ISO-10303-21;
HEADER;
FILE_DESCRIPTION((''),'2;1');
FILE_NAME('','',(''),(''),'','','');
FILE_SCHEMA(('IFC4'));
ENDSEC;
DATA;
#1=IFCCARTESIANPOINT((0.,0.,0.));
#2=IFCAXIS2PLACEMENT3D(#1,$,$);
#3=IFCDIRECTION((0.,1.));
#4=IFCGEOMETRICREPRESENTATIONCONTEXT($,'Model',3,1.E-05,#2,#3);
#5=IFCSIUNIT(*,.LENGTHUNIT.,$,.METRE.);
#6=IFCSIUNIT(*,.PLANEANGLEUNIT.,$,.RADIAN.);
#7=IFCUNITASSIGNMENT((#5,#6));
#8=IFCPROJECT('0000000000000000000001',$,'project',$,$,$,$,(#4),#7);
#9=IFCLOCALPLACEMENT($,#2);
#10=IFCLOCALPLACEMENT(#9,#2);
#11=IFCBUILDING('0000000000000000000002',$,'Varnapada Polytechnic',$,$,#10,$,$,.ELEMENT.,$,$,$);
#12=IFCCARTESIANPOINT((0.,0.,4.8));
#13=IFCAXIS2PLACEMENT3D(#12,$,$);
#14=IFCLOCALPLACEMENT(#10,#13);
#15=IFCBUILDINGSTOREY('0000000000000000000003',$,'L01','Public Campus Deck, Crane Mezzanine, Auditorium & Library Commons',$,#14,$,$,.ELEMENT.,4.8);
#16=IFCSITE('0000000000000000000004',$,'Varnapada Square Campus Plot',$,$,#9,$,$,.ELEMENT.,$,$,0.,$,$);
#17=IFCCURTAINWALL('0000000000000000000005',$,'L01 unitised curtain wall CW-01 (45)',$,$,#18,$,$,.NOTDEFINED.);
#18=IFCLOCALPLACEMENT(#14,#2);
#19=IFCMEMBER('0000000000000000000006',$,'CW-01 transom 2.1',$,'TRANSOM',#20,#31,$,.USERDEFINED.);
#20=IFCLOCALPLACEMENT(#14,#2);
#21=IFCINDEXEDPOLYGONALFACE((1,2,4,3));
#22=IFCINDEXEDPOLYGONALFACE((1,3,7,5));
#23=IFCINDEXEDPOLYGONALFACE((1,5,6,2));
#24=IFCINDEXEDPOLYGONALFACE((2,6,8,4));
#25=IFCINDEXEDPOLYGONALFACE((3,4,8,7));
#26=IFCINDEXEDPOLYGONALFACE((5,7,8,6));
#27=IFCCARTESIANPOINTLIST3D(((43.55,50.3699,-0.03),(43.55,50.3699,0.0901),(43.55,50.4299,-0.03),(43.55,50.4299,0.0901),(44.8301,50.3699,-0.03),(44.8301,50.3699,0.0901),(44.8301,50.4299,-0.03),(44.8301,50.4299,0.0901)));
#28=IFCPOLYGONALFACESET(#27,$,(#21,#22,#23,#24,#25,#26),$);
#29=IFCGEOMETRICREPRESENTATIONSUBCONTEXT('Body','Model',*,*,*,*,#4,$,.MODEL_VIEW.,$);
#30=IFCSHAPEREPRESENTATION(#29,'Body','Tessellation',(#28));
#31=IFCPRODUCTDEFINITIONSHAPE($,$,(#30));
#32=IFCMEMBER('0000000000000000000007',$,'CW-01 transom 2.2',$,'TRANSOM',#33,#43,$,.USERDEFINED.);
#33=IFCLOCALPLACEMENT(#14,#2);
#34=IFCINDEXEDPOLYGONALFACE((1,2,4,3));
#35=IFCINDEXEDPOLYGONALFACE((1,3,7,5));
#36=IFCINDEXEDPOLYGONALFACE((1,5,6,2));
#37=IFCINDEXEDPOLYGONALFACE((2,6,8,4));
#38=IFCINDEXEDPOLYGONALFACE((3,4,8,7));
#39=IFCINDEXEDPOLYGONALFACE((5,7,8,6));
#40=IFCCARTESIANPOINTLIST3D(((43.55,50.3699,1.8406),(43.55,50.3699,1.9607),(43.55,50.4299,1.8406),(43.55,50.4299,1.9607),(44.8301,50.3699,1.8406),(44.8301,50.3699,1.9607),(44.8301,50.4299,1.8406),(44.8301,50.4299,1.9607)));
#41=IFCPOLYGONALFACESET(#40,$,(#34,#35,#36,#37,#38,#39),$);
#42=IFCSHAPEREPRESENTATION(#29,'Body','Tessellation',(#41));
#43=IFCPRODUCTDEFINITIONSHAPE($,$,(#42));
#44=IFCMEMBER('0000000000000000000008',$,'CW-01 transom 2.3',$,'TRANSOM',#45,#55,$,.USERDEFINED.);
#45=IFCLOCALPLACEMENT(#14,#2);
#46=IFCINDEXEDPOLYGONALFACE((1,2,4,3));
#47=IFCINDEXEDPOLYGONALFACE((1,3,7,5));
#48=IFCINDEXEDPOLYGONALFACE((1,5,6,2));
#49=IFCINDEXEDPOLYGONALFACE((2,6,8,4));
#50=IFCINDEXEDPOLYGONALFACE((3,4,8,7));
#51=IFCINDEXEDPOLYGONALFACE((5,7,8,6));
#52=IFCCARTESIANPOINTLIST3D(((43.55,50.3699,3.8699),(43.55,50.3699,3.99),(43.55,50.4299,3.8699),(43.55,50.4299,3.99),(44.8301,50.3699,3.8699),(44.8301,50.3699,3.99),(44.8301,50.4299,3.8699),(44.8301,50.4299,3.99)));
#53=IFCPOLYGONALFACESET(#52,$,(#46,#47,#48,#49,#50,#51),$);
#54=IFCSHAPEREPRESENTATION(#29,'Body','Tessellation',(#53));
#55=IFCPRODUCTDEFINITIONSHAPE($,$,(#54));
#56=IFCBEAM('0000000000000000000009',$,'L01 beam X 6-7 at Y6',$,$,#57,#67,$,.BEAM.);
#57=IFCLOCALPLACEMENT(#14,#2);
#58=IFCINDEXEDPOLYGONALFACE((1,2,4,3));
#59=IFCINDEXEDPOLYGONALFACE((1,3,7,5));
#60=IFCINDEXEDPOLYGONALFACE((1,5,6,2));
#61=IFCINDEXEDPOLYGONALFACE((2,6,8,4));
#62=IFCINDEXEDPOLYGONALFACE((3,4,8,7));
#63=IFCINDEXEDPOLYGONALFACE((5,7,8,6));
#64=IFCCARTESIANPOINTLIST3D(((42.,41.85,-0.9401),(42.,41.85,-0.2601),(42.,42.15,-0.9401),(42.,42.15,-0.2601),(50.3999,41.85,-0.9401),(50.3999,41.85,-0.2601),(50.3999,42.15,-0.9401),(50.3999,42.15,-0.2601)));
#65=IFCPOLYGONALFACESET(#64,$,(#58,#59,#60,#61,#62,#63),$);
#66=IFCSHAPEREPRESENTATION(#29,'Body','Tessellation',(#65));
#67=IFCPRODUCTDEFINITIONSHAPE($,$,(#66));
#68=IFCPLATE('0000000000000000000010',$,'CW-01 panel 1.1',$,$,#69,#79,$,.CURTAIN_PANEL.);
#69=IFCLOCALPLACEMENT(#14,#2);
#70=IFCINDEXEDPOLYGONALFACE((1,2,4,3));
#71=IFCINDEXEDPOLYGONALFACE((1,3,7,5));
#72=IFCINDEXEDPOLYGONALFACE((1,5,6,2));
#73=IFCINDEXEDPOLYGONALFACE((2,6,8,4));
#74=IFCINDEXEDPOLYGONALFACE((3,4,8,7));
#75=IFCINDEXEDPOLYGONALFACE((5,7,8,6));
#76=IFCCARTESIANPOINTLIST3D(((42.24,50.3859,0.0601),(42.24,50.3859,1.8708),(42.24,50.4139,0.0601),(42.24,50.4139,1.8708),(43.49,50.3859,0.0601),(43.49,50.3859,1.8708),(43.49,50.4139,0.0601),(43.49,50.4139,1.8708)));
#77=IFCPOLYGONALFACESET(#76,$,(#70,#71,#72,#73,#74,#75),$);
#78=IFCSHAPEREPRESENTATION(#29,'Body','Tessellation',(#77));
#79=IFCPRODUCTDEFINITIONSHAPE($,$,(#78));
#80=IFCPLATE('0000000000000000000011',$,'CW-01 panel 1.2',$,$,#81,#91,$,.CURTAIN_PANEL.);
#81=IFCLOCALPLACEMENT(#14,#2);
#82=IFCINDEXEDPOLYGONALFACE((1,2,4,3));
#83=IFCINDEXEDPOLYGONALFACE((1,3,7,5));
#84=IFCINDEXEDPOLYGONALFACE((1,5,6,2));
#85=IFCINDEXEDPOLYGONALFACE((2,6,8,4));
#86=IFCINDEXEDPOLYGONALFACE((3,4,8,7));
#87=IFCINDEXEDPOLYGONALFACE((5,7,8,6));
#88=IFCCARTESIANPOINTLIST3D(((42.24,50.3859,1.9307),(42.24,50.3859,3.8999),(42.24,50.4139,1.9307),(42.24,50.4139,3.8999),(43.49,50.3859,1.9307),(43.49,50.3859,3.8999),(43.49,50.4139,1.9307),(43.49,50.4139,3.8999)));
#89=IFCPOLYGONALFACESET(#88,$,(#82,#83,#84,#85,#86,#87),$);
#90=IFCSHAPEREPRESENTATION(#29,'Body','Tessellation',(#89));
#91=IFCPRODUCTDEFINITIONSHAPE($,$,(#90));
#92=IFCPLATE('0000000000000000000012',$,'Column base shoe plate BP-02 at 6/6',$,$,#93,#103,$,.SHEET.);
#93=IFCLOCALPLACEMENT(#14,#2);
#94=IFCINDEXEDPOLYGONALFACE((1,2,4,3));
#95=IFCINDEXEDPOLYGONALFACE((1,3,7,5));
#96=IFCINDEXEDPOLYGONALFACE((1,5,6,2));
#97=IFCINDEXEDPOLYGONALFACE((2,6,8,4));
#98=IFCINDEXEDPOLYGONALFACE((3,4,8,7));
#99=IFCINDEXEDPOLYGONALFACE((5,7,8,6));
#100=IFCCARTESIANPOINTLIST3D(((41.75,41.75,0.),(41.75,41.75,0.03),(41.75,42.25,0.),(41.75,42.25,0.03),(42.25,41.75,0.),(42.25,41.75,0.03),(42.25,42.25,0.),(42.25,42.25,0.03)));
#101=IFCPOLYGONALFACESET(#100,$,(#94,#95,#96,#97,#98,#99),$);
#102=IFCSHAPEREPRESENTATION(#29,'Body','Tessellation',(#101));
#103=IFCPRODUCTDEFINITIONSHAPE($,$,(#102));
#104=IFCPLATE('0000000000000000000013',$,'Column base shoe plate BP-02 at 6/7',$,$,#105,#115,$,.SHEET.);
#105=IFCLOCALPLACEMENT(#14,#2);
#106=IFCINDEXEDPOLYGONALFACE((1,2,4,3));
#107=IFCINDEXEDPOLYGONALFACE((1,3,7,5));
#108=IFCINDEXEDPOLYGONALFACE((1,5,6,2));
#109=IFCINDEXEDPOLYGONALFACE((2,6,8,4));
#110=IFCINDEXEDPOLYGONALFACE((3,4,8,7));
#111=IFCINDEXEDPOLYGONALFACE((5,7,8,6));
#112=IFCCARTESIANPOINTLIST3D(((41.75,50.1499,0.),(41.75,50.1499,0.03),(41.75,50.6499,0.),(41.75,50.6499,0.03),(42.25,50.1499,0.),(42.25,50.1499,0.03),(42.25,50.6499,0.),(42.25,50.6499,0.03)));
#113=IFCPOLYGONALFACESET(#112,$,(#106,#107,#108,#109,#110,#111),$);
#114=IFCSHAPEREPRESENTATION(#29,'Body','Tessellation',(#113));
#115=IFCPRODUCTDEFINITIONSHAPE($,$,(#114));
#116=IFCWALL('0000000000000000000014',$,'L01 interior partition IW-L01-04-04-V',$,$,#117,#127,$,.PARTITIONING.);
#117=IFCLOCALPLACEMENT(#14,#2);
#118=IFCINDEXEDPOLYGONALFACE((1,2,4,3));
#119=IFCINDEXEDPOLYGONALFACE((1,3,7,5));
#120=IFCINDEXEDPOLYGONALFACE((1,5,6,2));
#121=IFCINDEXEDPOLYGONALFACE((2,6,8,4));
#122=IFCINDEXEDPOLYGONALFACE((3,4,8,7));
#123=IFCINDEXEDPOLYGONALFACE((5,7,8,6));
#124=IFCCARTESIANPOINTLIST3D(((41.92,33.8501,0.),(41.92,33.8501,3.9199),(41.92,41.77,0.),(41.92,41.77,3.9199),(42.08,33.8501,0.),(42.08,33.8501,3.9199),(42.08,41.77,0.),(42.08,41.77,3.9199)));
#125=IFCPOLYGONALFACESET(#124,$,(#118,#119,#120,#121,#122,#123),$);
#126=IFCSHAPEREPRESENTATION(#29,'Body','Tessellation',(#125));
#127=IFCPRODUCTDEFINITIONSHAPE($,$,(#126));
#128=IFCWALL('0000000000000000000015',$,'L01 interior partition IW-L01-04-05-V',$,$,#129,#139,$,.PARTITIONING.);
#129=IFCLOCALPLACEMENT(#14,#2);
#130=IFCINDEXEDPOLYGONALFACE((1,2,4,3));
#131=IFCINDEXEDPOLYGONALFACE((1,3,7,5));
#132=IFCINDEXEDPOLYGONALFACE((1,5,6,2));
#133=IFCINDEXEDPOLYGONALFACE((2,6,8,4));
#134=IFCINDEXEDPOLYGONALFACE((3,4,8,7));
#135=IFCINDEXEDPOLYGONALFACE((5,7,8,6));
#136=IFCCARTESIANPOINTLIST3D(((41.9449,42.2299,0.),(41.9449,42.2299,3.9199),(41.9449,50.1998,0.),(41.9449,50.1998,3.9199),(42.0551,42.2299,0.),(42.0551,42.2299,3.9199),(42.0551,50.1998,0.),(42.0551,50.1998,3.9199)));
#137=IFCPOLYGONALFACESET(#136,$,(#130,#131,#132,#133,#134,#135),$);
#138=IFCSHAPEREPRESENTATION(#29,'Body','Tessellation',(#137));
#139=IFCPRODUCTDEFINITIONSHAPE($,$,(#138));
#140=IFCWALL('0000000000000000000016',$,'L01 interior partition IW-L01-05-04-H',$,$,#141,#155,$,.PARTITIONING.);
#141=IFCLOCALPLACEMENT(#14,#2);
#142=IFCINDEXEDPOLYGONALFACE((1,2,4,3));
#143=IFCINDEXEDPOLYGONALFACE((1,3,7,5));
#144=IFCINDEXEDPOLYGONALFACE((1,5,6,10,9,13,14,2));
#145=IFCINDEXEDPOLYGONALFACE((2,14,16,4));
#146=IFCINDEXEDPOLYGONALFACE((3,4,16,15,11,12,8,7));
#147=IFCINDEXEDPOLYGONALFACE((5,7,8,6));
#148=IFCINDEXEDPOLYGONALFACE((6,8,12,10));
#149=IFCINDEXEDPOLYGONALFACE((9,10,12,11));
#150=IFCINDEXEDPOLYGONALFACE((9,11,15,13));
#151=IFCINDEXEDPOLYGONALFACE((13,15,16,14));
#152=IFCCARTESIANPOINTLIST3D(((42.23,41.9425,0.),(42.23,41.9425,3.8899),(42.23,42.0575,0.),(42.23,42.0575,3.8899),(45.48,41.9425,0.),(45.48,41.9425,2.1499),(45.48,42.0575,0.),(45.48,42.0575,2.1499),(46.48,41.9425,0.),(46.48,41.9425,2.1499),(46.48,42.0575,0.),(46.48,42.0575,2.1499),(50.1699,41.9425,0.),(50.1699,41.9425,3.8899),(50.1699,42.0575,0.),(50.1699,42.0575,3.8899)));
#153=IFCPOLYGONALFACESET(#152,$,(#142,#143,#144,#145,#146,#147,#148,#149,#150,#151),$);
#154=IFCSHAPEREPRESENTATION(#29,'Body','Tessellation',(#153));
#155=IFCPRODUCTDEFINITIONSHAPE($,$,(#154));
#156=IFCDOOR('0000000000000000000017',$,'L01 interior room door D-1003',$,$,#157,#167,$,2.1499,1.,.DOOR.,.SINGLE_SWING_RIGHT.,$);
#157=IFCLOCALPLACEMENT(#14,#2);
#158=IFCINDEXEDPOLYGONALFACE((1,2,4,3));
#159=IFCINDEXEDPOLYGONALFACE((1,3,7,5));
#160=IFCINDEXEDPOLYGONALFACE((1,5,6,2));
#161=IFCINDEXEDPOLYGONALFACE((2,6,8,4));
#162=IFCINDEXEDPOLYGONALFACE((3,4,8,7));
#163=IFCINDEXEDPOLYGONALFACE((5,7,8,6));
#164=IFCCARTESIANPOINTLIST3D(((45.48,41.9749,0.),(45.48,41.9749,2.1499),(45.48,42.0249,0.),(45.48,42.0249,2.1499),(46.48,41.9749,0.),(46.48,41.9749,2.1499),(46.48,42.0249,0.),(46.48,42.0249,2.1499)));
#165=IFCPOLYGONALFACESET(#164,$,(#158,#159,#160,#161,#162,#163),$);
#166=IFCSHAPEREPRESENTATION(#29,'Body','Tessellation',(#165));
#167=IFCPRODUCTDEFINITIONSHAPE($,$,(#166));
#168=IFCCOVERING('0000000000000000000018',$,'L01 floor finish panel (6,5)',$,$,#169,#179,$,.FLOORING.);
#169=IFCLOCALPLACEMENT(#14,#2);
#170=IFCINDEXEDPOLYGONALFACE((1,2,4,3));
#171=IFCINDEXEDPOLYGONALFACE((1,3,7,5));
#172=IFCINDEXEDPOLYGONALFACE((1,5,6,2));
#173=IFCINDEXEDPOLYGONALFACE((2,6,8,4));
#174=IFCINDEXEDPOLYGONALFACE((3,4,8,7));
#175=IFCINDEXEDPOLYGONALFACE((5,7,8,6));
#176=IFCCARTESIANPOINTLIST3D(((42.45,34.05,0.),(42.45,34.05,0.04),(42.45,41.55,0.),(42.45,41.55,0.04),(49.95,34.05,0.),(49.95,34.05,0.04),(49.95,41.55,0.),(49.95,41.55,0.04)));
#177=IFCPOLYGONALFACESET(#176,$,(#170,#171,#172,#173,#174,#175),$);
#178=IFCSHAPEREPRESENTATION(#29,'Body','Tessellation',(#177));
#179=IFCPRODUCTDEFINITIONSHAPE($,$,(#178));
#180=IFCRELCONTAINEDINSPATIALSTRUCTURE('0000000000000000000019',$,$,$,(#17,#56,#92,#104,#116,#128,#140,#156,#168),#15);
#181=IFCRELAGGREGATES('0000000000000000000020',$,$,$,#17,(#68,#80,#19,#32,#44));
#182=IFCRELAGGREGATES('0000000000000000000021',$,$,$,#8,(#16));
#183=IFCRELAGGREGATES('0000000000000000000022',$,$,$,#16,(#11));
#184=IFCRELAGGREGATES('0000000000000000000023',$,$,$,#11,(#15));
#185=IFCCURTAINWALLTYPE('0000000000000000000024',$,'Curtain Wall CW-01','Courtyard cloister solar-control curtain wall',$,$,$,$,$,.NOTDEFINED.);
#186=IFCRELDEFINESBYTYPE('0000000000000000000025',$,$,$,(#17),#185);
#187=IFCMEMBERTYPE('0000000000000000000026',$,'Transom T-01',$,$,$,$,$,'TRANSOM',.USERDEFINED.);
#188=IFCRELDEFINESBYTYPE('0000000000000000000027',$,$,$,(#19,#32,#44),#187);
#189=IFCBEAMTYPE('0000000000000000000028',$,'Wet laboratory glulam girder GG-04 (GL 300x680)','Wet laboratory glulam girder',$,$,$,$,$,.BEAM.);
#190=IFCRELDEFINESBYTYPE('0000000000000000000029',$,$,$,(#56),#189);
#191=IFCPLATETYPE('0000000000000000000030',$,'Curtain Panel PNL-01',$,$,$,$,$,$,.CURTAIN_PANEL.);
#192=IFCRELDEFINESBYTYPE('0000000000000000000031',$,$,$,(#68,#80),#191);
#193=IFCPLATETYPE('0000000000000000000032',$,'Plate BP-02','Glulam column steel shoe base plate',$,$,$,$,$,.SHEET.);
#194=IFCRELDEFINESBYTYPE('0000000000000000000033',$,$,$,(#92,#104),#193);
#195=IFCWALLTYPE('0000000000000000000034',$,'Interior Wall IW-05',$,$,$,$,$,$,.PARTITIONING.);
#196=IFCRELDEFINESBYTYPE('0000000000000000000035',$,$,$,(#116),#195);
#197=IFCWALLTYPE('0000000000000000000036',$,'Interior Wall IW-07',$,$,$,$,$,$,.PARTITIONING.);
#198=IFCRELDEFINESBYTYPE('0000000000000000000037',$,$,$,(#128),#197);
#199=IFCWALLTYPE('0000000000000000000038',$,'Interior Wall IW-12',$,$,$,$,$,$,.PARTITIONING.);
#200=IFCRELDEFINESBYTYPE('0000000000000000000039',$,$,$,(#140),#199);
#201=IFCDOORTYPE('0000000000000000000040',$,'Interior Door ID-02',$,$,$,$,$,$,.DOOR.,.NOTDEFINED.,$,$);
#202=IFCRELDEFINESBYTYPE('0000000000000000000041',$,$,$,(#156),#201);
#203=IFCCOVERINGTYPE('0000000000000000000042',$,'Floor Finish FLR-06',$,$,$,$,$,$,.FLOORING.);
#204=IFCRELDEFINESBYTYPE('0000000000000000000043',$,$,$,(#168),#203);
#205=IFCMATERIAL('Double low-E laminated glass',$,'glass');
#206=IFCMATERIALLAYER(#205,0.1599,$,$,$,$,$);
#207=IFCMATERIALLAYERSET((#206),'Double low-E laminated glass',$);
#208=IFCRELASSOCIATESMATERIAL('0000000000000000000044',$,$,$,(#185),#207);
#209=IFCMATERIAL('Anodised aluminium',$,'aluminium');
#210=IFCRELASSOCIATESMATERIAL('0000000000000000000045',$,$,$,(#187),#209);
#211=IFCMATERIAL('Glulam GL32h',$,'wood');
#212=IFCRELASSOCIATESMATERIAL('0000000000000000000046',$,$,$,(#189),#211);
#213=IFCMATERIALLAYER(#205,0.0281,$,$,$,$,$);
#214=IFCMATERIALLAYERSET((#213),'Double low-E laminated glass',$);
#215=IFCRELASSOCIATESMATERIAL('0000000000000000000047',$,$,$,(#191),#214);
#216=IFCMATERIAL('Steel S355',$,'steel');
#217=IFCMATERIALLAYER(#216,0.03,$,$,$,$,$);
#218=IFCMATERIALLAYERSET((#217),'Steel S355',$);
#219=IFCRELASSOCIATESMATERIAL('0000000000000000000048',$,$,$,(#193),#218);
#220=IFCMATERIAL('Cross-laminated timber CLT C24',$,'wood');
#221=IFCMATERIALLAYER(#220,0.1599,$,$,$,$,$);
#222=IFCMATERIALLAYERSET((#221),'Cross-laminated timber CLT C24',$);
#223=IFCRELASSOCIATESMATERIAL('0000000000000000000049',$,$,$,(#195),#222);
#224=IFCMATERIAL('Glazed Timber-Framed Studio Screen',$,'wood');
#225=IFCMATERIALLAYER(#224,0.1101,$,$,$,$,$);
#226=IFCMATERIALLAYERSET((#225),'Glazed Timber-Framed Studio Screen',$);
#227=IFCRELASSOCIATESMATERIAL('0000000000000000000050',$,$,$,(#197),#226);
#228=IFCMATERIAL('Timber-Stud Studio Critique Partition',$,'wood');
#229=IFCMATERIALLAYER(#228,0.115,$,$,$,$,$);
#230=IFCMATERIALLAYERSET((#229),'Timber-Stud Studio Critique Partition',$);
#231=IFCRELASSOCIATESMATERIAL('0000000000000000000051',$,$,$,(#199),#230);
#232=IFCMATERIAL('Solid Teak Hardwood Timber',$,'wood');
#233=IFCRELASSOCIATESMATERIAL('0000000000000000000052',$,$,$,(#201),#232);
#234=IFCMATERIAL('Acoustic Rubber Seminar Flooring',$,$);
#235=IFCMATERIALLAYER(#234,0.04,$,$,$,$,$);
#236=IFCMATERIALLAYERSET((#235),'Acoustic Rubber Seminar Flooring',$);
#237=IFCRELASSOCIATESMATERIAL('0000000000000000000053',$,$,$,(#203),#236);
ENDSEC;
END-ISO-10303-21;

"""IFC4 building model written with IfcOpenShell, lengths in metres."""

from ifc_helpers import new_model, si_unit, direction, frame, frame_2d, origin, origin_2d, place, context, subcontext, project, spatial, rectangle, extrude, material, layer, layer_set, material_profile, profile_set, type_object, element, fill, aggregate, save


model = new_model("IFC4")

# Units and contexts
model_context = context("Model", 3, precision=1e-05, world=origin(), true_north=direction((0.0, 1.0)))
body_context = subcontext(model_context, "Body", "Model", "MODEL_VIEW")
ifc_project = project(units=[si_unit("LENGTHUNIT", "METRE"), si_unit("PLANEANGLEUNIT", "RADIAN")], contexts=[model_context])

# Site, building, storey
site_placement = place(None, origin())
site = spatial("IfcSite", under=ifc_project, at=site_placement, Name="Varnapada Square Campus Plot", CompositionType="ELEMENT", RefElevation=0.0)
building_placement = place(site_placement, origin())
building = spatial("IfcBuilding", under=site, at=building_placement, Name="Varnapada Polytechnic", CompositionType="ELEMENT")
storey_placement = place(building_placement, frame((0.0, 0.0, 4.8)))
storey = spatial("IfcBuildingStorey", under=building, at=storey_placement, Name="L01", Description="Public Campus Deck, Crane Mezzanine, Auditorium & Library Commons", CompositionType="ELEMENT", Elevation=4.8)

# Shared definitions
ifc_material_1 = material(Name="Glulam GL32h", Category="wood")

# Curtain wall
ifc_material_2 = material(Name="Double low-E laminated glass", Category="glass")
ifc_layer_1 = layer(ifc_material_2, 0.1599)
ifc_layer_set_1 = layer_set([ifc_layer_1], Name="Double low-E laminated glass")
curtain_wall_type = type_object("IfcCurtainWallType", Name="Curtain Wall CW-01", Description="Courtyard cloister solar-control curtain wall", PredefinedType="NOTDEFINED", material=ifc_layer_set_1)
curtain_wall_placement = place(storey_placement, origin())
curtain_wall = element("IfcCurtainWall", 1, at=curtain_wall_placement, inside=storey, type_object=curtain_wall_type, Name="L01 unitised curtain wall CW-01 (45)", PredefinedType="NOTDEFINED")
ifc_material_3 = material(Name="Anodised aluminium", Category="aluminium")

# Members
ifc_material_profile_1 = material_profile(ifc_material_3, rectangle(XDim=0.0601, YDim=0.1201, at=origin_2d()), Name="ALU T60x120")
ifc_profile_set_1 = profile_set([ifc_material_profile_1], Name="Anodised aluminium")
member_type_1 = type_object("IfcMemberType", Name="Transom T-01", ElementType="TRANSOM", PredefinedType="USERDEFINED", material=ifc_profile_set_1)
member_1_placement = place(storey_placement, frame((43.55, 50.3999, 0.03), z_axis=(1.0, 0.0, 0.0), x_axis=(0.0, 1.0, 0.0)))
member_1 = element("IfcMember", 2, at=member_1_placement, type_object=member_type_1, Name="CW-01 transom 2.1", ObjectType="TRANSOM", PredefinedType="USERDEFINED", context=body_context, shape_type="SweptSolid", body=[
    extrude(rectangle(XDim=0.0601, YDim=0.1201, at=origin_2d()), origin(), (0.0, 0.0, 1.0), 1.28),
])
member_2_placement = place(storey_placement, frame((43.55, 50.3999, 1.9006), z_axis=(1.0, 0.0, 0.0), x_axis=(0.0, 1.0, 0.0)))
member_2 = element("IfcMember", 3, at=member_2_placement, type_object=member_type_1, Name="CW-01 transom 2.2", ObjectType="TRANSOM", PredefinedType="USERDEFINED", context=body_context, shape_type="SweptSolid", body=[
    extrude(rectangle(XDim=0.0601, YDim=0.1201, at=origin_2d()), origin(), (0.0, 0.0, 1.0), 1.28),
])
member_3_placement = place(storey_placement, frame((43.55, 50.3999, 3.9299), z_axis=(1.0, 0.0, 0.0), x_axis=(0.0, 1.0, 0.0)))
member_3 = element("IfcMember", 4, at=member_3_placement, type_object=member_type_1, Name="CW-01 transom 2.3", ObjectType="TRANSOM", PredefinedType="USERDEFINED", context=body_context, shape_type="SweptSolid", body=[
    extrude(rectangle(XDim=0.0601, YDim=0.1201, at=origin_2d()), origin(), (0.0, 0.0, 1.0), 1.28),
])

# Beam
ifc_material_profile_2 = material_profile(ifc_material_1, rectangle(XDim=0.3, YDim=0.6799, at=origin_2d()), Name="GL 300x680")
ifc_profile_set_2 = profile_set([ifc_material_profile_2], Name="Glulam GL32h")
beam_type_1 = type_object("IfcBeamType", Name="Wet laboratory glulam girder GG-04 (GL 300x680)", Description="Wet laboratory glulam girder", PredefinedType="BEAM", material=ifc_profile_set_2)
beam_1_placement = place(storey_placement, frame((42.0, 42.0, -0.6001), z_axis=(1.0, 0.0, 0.0), x_axis=(0.0, 1.0, 0.0)))
element("IfcBeam", 5, at=beam_1_placement, inside=storey, type_object=beam_type_1, Name="L01 beam X 6-7 at Y6", PredefinedType="BEAM", context=body_context, shape_type="SweptSolid", body=[
    extrude(rectangle(XDim=0.3, YDim=0.6799, at=origin_2d()), origin(), (0.0, 0.0, 1.0), 8.3999),
])

# Plates
ifc_layer_2 = layer(ifc_material_2, 0.0281)
ifc_layer_set_2 = layer_set([ifc_layer_2], Name="Double low-E laminated glass")
plate_type_1 = type_object("IfcPlateType", Name="Curtain Panel PNL-01", PredefinedType="CURTAIN_PANEL", material=ifc_layer_set_2)
plate_1_placement = place(storey_placement, frame((42.865, 50.3999, 0.0601), z_axis=(0.0, 0.0, 1.0), x_axis=(1.0, 0.0, 0.0)))
plate_1 = element("IfcPlate", 6, at=plate_1_placement, type_object=plate_type_1, Name="CW-01 panel 1.1", PredefinedType="CURTAIN_PANEL", context=body_context, shape_type="SweptSolid", body=[
    extrude(rectangle(XDim=1.25, YDim=0.0281, at=origin_2d()), origin(), (0.0, 0.0, 1.0), 1.8108),
])
plate_2_placement = place(storey_placement, frame((42.865, 50.3999, 1.9307), z_axis=(0.0, 0.0, 1.0), x_axis=(1.0, 0.0, 0.0)))
plate_2 = element("IfcPlate", 7, at=plate_2_placement, type_object=plate_type_1, Name="CW-01 panel 1.2", PredefinedType="CURTAIN_PANEL", context=body_context, shape_type="SweptSolid", body=[
    extrude(rectangle(XDim=1.25, YDim=0.0281, at=origin_2d()), origin(), (0.0, 0.0, 1.0), 1.9692),
])
aggregate(curtain_wall, [plate_1, plate_2, member_1, member_2, member_3])

# Plates
ifc_material_4 = material(Name="Steel S355", Category="steel")
ifc_layer_3 = layer(ifc_material_4, 0.03)
ifc_layer_set_3 = layer_set([ifc_layer_3], Name="Steel S355")
plate_type_2 = type_object("IfcPlateType", Name="Plate BP-02", Description="Glulam column steel shoe base plate", PredefinedType="SHEET", material=ifc_layer_set_3)
for number, where, z_axis, x_axis, name in (
    (8, (42.0, 42.0, 0.0), (0.0, 0.0, 1.0), (1.0, 0.0, 0.0), "Column base shoe plate BP-02 at 6/6"),
    (9, (42.0, 50.3999, 0.0), (0.0, 0.0, 1.0), (1.0, 0.0, 0.0), "Column base shoe plate BP-02 at 6/7"),
):
    element("IfcPlate", number, at=place(storey_placement, frame(where, z_axis=z_axis, x_axis=x_axis)), inside=storey, type_object=plate_type_2, Name=name, PredefinedType="SHEET", context=body_context, shape_type="SweptSolid", body=[
        extrude(rectangle(XDim=0.5, YDim=0.5, at=origin_2d()), origin(), (0.0, 0.0, 1.0), 0.03),
    ])

# Walls
ifc_material_5 = material(Name="Cross-laminated timber CLT C24", Category="wood")
ifc_layer_4 = layer(ifc_material_5, 0.1599)
ifc_layer_set_4 = layer_set([ifc_layer_4], Name="Cross-laminated timber CLT C24")
wall_type_1 = type_object("IfcWallType", Name="Interior Wall IW-05", PredefinedType="PARTITIONING", material=ifc_layer_set_4)
wall_1_placement = place(storey_placement, frame((42.0, 33.8501, 0.0), z_axis=(0.0, 0.0, 1.0), x_axis=(0.0, 1.0, 0.0)))
element("IfcWall", 10, at=wall_1_placement, inside=storey, type_object=wall_type_1, Name="L01 interior partition IW-L01-04-04-V", PredefinedType="PARTITIONING", context=body_context, shape_type="SweptSolid", body=[
    extrude(rectangle(XDim=7.9199, YDim=0.1599, at=frame_2d((3.96, 0.0))), origin(), (0.0, 0.0, 1.0), 3.9199),
])
ifc_material_6 = material(Name="Glazed Timber-Framed Studio Screen", Category="wood")
ifc_layer_5 = layer(ifc_material_6, 0.1101)
ifc_layer_set_5 = layer_set([ifc_layer_5], Name="Glazed Timber-Framed Studio Screen")
wall_type_2 = type_object("IfcWallType", Name="Interior Wall IW-07", PredefinedType="PARTITIONING", material=ifc_layer_set_5)
wall_2_placement = place(storey_placement, frame((42.0, 42.23, 0.0), z_axis=(0.0, 0.0, 1.0), x_axis=(0.0, 1.0, 0.0)))
element("IfcWall", 11, at=wall_2_placement, inside=storey, type_object=wall_type_2, Name="L01 interior partition IW-L01-04-05-V", PredefinedType="PARTITIONING", context=body_context, shape_type="SweptSolid", body=[
    extrude(rectangle(XDim=7.97, YDim=0.1101, at=frame_2d((3.9849, 0.0))), origin(), (0.0, 0.0, 1.0), 3.9199),
])

# Wall, opening, door
ifc_material_7 = material(Name="Timber-Stud Studio Critique Partition", Category="wood")
ifc_layer_6 = layer(ifc_material_7, 0.115)
ifc_layer_set_6 = layer_set([ifc_layer_6], Name="Timber-Stud Studio Critique Partition")
wall_type_3 = type_object("IfcWallType", Name="Interior Wall IW-12", PredefinedType="PARTITIONING", material=ifc_layer_set_6)
wall_3_placement = place(storey_placement, frame((42.23, 42.0, 0.0), z_axis=(0.0, 0.0, 1.0), x_axis=(1.0, 0.0, 0.0)))
wall_3 = element("IfcWall", 12, at=wall_3_placement, inside=storey, type_object=wall_type_3, Name="L01 interior partition IW-L01-05-04-H", PredefinedType="PARTITIONING", context=body_context, shape_type="SweptSolid", body=[
    extrude(rectangle(XDim=7.9399, YDim=0.115, at=frame_2d((3.97, 0.0))), origin(), (0.0, 0.0, 1.0), 3.8899),
])
opening_placement = place(wall_3_placement, frame((3.25, 0.0, 0.0)))
opening = element("IfcOpeningElement", 13, at=opening_placement, cuts=wall_3, PredefinedType="OPENING", context=body_context, shape_type="SweptSolid", body=[
    extrude(rectangle(XDim=1.0, YDim=2.1499, at=frame_2d((0.5, 1.075))), frame((0.0, 0.0674, 0.0), z_axis=(0.0, -1.0, 0.0), x_axis=(1.0, 0.0, 0.0)), (0.0, 0.0, 1.0), 0.135),
])
ifc_material_8 = material(Name="Solid Teak Hardwood Timber", Category="wood")
door_type = type_object("IfcDoorType", Name="Interior Door ID-02", OperationType="NOTDEFINED", PredefinedType="DOOR", material=ifc_material_8)
door_placement = place(opening_placement, origin())
door = element("IfcDoor", 14, at=door_placement, inside=storey, type_object=door_type, Name="L01 interior room door D-1003", OperationType="SINGLE_SWING_RIGHT", OverallHeight=2.1499, OverallWidth=1.0, PredefinedType="DOOR", context=body_context, shape_type="SweptSolid", body=[
    extrude(rectangle(XDim=1.0, YDim=2.1499, at=frame_2d((0.5, 1.075))), frame((0.0, 0.0249, 0.0), z_axis=(0.0, -1.0, 0.0), x_axis=(1.0, 0.0, 0.0)), (0.0, 0.0, 1.0), 0.05),
])
fill(opening, door)

# Covering
ifc_material_9 = material(Name="Acoustic Rubber Seminar Flooring")
ifc_layer_7 = layer(ifc_material_9, 0.04)
ifc_layer_set_7 = layer_set([ifc_layer_7], Name="Acoustic Rubber Seminar Flooring")
covering_type_1 = type_object("IfcCoveringType", Name="Floor Finish FLR-06", PredefinedType="FLOORING", material=ifc_layer_set_7)
covering_1_placement = place(storey_placement, frame((46.2, 37.8, 0.0), z_axis=(0.0, 0.0, 1.0), x_axis=(1.0, 0.0, 0.0)))
element("IfcCovering", 15, at=covering_1_placement, inside=storey, type_object=covering_type_1, Name="L01 floor finish panel (6,5)", PredefinedType="FLOORING", context=body_context, shape_type="SweptSolid", body=[
    extrude(rectangle(XDim=7.5, YDim=7.5, at=origin_2d()), origin(), (0.0, 0.0, 1.0), 0.04),
])

save(model, "model.ifc")
